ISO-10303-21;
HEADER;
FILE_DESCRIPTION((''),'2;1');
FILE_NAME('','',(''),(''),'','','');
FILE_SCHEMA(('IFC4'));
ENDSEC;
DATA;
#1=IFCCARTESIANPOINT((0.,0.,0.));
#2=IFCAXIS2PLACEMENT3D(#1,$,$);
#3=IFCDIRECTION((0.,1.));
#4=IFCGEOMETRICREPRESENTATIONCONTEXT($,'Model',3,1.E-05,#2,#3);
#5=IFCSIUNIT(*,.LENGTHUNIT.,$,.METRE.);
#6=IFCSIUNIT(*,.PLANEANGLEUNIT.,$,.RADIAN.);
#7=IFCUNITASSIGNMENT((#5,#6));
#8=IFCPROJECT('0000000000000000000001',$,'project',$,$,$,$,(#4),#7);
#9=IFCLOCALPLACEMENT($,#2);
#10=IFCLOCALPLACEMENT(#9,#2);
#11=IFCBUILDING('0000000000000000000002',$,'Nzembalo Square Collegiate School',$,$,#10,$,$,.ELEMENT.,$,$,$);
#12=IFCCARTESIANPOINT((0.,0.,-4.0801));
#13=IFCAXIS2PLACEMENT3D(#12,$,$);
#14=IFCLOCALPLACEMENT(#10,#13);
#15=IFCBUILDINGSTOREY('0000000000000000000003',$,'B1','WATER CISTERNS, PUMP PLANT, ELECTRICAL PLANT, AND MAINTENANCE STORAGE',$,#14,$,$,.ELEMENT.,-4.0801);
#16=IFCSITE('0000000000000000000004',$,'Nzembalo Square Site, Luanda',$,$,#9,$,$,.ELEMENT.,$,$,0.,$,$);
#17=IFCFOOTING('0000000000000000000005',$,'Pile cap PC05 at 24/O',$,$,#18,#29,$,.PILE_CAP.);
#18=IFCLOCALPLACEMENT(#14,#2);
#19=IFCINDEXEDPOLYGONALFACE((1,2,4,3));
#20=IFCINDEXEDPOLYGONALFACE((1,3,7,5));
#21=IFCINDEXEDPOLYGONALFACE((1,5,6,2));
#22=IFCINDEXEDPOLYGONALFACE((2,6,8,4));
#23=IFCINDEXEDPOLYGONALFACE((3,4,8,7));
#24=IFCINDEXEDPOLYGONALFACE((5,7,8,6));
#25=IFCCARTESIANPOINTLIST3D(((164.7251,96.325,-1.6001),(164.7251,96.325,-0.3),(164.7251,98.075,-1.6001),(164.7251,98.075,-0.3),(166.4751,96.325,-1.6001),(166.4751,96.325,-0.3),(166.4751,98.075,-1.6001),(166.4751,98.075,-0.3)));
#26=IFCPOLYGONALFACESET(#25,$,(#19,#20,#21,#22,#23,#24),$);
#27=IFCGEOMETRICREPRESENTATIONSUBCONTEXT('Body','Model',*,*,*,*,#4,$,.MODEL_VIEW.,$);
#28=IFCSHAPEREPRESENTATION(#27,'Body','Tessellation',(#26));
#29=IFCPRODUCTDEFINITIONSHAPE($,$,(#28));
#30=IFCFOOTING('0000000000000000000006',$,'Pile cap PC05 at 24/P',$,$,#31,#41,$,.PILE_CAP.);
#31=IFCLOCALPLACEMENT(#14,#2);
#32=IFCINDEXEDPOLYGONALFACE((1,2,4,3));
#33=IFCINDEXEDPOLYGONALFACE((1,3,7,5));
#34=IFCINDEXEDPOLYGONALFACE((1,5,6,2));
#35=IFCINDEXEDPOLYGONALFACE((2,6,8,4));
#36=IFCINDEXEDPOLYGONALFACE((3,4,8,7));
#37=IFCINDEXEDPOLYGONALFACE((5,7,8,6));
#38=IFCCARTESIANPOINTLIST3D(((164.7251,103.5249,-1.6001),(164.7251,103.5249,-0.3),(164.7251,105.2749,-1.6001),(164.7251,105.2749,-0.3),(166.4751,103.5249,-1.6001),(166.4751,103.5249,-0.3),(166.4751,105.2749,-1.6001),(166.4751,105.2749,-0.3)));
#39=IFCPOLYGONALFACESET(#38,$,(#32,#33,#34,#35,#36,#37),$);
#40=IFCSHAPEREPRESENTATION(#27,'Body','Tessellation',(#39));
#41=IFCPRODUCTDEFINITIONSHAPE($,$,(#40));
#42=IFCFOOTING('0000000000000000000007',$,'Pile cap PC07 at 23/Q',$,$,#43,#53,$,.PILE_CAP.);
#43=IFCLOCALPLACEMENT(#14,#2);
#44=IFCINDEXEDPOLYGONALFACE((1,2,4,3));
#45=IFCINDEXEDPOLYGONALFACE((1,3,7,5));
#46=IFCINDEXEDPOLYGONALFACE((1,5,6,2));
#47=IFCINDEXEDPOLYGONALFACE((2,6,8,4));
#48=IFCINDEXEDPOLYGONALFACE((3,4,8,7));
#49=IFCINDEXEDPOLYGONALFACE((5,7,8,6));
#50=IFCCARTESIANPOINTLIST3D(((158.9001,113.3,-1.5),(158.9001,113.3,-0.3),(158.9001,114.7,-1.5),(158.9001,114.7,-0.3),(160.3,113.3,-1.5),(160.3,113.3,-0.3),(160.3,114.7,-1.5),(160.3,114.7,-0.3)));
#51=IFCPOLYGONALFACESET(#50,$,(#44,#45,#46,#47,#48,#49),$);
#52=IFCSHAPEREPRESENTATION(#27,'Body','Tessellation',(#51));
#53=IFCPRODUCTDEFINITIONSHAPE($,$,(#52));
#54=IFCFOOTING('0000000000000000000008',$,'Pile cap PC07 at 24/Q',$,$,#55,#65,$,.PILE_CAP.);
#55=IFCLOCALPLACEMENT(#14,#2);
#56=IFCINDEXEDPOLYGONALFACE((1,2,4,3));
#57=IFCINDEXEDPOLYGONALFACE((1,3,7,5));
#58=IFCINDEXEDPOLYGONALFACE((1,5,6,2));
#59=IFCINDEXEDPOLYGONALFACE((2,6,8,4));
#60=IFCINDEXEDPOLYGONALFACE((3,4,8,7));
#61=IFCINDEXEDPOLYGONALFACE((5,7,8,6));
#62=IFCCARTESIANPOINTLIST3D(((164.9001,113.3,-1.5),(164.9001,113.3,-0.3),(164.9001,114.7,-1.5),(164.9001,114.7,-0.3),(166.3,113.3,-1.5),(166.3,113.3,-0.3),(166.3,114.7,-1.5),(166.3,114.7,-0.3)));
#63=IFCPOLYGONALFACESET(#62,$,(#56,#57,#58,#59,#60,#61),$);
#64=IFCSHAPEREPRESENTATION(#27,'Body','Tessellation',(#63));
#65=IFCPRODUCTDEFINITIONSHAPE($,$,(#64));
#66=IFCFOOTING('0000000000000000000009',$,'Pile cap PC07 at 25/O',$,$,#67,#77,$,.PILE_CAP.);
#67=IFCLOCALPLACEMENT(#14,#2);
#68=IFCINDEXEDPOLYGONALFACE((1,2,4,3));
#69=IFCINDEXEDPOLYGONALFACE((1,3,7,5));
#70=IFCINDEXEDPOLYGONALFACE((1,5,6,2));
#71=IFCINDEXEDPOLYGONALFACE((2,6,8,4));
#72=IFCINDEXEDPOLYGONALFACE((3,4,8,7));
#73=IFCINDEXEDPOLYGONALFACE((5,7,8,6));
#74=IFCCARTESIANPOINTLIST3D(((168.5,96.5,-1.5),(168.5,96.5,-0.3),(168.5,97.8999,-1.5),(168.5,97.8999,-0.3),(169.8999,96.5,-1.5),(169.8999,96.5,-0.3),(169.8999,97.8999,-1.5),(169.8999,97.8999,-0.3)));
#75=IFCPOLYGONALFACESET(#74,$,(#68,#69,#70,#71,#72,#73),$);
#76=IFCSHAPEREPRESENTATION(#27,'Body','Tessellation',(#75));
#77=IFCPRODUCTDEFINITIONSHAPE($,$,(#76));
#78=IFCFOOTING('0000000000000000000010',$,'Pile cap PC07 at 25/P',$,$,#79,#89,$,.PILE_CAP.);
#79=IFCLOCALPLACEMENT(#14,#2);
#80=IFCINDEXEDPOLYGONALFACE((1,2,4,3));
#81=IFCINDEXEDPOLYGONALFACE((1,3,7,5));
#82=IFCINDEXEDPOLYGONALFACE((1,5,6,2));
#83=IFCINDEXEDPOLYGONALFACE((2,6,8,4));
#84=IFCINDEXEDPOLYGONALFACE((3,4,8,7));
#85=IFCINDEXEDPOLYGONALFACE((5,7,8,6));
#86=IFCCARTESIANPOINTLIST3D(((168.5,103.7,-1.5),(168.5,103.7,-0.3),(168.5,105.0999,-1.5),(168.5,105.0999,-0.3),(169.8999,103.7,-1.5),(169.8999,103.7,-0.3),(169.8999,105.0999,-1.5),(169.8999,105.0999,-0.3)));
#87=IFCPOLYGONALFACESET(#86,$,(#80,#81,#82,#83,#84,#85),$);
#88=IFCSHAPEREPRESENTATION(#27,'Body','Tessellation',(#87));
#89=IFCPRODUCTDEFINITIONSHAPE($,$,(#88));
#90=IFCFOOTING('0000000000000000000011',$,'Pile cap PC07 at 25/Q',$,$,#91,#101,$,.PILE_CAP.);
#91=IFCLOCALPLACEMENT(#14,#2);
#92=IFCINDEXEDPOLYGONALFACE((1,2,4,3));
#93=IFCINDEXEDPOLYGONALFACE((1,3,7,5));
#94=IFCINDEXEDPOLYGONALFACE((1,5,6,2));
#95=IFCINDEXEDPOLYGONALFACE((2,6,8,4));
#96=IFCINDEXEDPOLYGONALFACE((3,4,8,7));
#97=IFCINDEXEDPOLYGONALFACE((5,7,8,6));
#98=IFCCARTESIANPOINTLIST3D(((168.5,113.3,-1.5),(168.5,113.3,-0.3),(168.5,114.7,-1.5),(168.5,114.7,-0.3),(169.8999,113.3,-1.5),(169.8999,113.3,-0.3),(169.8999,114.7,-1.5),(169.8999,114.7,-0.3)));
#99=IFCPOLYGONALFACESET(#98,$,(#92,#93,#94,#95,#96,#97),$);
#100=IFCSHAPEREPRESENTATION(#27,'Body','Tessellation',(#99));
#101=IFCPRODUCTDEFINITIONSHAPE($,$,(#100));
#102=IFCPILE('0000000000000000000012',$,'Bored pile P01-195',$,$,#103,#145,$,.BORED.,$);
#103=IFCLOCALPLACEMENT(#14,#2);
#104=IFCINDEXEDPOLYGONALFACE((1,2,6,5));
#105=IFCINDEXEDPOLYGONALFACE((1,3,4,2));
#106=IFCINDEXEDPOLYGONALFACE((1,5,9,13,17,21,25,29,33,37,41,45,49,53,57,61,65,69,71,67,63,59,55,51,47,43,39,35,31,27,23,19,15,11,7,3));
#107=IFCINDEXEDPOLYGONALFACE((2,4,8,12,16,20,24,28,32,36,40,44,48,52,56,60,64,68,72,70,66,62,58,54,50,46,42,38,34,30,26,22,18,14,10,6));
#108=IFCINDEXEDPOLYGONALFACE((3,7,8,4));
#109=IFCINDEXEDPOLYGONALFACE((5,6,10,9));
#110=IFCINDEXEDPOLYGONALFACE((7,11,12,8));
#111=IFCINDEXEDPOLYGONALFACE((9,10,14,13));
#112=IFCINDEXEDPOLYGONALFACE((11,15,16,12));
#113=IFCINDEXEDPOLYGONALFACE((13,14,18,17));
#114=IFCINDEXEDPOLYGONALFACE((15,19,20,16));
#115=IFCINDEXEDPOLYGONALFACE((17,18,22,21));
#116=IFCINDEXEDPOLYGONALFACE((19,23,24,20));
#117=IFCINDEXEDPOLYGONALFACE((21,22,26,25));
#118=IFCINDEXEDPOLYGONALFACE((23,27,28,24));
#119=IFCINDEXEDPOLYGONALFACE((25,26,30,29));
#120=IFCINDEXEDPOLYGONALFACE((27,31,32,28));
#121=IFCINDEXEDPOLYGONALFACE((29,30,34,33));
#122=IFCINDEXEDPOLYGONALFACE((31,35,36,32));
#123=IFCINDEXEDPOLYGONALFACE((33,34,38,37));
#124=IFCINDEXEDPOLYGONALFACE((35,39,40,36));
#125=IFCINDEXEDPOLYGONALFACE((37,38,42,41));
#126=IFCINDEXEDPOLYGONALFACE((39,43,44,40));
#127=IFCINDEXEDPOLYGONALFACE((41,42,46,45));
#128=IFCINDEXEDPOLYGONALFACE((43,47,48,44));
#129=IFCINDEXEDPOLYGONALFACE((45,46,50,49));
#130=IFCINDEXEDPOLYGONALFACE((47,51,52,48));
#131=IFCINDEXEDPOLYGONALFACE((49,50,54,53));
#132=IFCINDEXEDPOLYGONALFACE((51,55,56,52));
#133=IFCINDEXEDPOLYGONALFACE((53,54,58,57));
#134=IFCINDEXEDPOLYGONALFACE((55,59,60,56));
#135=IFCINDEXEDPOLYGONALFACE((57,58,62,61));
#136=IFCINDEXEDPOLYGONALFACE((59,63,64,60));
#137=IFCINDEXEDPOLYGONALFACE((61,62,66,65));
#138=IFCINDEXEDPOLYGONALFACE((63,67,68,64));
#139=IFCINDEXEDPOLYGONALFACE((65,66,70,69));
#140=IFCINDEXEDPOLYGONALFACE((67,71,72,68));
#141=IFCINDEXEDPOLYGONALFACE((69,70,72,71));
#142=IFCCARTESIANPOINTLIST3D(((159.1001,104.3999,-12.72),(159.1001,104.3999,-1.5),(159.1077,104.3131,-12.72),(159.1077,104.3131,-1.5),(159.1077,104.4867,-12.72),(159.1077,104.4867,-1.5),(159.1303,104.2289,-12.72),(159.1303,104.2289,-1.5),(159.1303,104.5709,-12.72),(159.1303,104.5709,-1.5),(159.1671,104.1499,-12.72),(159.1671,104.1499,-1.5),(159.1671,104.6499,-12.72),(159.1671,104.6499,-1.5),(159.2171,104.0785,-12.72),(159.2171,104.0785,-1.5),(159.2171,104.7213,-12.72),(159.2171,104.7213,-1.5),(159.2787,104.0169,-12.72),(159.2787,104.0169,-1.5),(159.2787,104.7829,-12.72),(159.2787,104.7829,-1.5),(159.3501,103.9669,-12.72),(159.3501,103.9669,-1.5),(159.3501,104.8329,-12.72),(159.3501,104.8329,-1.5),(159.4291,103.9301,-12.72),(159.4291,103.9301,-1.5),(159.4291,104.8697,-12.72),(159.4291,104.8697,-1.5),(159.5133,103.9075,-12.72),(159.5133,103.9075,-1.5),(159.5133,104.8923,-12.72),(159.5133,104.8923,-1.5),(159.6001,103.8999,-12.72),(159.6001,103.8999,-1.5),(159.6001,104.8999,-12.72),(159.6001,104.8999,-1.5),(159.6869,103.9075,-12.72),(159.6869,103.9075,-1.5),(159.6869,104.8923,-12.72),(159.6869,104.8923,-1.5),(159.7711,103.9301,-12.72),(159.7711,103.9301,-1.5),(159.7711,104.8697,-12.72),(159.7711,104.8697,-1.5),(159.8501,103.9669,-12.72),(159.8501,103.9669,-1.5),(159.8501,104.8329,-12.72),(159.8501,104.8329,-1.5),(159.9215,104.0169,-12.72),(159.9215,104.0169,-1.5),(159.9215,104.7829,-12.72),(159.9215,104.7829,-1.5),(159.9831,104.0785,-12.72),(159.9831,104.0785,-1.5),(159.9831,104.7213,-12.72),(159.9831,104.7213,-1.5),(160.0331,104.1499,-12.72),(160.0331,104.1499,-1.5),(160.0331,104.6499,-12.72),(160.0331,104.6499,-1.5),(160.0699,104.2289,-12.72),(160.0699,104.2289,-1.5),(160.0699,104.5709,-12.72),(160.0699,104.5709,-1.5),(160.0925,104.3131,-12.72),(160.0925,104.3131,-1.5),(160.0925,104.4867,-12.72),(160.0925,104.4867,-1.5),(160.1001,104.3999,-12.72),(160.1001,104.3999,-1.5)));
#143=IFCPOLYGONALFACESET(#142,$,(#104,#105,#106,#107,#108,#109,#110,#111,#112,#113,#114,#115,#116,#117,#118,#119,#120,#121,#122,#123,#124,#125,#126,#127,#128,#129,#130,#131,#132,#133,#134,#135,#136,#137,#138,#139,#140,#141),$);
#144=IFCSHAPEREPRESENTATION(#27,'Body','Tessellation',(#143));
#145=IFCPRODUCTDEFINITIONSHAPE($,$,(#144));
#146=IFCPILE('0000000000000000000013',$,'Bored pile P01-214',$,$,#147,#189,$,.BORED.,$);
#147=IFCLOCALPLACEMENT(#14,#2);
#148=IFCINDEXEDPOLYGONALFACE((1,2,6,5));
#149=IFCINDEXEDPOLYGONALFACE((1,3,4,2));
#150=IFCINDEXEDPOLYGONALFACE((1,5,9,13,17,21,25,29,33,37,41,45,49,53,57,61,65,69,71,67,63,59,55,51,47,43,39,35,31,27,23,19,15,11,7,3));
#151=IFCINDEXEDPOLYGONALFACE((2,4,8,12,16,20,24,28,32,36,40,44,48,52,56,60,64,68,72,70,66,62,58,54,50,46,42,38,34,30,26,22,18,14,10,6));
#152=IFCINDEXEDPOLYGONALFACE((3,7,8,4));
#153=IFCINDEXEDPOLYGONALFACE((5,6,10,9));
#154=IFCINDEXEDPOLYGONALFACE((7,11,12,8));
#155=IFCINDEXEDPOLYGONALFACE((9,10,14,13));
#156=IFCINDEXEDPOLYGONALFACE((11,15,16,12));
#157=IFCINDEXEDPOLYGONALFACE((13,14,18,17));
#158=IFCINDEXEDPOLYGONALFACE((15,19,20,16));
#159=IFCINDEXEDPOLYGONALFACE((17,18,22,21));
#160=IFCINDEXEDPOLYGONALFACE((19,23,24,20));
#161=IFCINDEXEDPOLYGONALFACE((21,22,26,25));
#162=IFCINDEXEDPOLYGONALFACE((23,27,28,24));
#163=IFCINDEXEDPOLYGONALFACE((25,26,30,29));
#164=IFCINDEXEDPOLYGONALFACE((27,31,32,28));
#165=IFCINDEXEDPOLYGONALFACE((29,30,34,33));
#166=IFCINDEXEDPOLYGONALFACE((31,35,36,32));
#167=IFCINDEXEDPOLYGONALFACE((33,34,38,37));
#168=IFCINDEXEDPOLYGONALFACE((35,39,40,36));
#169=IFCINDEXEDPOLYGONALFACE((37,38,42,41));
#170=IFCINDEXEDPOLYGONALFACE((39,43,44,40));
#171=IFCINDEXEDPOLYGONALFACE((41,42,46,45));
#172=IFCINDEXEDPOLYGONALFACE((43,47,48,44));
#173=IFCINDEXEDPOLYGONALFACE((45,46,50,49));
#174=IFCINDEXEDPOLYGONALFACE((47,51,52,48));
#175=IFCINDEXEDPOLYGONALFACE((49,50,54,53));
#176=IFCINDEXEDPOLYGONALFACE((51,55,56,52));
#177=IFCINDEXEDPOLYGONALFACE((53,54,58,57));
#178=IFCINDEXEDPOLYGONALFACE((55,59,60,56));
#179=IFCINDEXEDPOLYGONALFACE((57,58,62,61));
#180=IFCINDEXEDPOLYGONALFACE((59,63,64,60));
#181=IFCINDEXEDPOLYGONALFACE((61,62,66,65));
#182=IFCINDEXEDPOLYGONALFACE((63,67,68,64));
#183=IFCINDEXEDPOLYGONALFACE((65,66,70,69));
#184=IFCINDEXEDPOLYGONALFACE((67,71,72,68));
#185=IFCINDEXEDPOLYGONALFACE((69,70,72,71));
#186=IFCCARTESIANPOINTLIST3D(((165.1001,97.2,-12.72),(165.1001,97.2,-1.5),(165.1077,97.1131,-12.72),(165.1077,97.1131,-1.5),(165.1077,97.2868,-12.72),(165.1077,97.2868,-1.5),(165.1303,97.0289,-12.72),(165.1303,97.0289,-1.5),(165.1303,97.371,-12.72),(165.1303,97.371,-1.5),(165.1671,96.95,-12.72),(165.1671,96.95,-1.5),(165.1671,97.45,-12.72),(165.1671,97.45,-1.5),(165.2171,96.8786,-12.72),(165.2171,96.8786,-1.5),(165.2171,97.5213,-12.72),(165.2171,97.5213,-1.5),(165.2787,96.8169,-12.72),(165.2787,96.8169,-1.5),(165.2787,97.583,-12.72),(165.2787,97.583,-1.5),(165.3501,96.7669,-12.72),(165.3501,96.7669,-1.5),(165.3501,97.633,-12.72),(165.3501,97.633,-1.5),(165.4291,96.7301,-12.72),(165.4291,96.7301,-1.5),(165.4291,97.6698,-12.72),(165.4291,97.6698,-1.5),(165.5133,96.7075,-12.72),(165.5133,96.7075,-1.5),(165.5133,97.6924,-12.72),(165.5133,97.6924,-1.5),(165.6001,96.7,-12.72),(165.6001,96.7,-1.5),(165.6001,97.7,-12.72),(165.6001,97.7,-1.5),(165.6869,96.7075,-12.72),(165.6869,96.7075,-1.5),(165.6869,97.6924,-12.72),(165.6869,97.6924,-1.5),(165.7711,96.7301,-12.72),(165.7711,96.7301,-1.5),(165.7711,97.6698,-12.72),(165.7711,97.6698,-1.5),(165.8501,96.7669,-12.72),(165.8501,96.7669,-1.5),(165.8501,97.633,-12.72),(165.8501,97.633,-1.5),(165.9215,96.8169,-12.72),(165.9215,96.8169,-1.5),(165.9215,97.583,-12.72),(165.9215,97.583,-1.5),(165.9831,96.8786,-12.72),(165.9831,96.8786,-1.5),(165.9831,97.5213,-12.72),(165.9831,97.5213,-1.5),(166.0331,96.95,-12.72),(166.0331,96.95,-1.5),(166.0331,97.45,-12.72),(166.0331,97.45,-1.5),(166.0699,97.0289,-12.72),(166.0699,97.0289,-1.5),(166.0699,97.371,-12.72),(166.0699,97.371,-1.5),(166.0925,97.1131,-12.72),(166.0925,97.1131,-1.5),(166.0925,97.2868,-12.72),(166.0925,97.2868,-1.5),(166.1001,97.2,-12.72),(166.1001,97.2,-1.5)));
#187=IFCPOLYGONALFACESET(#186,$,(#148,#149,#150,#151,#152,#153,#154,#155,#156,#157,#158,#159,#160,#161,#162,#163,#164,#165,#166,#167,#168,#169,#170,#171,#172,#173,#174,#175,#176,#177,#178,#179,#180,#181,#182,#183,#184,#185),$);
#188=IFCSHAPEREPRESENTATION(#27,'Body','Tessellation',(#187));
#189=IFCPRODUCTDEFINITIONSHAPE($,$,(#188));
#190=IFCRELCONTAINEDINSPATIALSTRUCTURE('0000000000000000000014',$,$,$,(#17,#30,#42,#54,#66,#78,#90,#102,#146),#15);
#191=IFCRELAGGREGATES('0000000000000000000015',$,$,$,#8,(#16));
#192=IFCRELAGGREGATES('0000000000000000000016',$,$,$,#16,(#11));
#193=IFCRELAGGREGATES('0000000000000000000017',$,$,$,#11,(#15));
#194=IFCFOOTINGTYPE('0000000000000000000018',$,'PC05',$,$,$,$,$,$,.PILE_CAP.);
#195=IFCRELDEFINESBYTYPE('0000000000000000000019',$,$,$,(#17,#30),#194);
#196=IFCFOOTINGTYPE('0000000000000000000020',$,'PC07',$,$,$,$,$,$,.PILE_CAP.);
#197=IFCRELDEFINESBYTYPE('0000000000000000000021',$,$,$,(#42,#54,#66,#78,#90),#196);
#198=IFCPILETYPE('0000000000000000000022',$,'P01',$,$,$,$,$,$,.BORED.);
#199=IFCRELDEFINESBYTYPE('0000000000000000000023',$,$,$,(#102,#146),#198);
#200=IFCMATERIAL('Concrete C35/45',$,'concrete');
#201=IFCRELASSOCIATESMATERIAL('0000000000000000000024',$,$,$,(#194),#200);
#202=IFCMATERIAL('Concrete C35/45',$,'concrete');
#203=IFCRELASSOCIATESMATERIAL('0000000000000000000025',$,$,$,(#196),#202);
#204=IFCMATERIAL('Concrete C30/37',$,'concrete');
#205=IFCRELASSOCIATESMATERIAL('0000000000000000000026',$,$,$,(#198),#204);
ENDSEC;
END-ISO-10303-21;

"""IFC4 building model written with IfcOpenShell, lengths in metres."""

from ifc_helpers import new_model, si_unit, direction, frame, origin, origin_2d, place, context, subcontext, project, spatial, rectangle, circle, extrude, material, material_profile, profile_set, type_object, element, save


model = new_model("IFC4")

# Units and contexts
model_context = context("Model", 3, precision=1e-05, world=origin(), true_north=direction((0.0, 1.0)))
body_context = subcontext(model_context, "Body", "Model", "MODEL_VIEW")
ifc_project = project(units=[si_unit("LENGTHUNIT", "METRE"), si_unit("PLANEANGLEUNIT", "RADIAN")], contexts=[model_context])

# Site, building, storey
site_placement = place(None, origin())
site = spatial("IfcSite", under=ifc_project, at=site_placement, Name="Nzembalo Square Site, Luanda", CompositionType="ELEMENT", RefElevation=0.0)
building_placement = place(site_placement, origin())
building = spatial("IfcBuilding", under=site, at=building_placement, Name="Nzembalo Square Collegiate School", CompositionType="ELEMENT")
storey_placement = place(building_placement, frame((0.0, 0.0, -4.0801)))
storey = spatial("IfcBuildingStorey", under=building, at=storey_placement, Name="B1", Description="WATER CISTERNS, PUMP PLANT, ELECTRICAL PLANT, AND MAINTENANCE STORAGE", CompositionType="ELEMENT", Elevation=-4.0801)

# Footings
ifc_material_1 = material(Name="Concrete C35/45", Category="concrete")
footing_type_1 = type_object("IfcFootingType", Name="PC05", PredefinedType="PILE_CAP", material=ifc_material_1)
for number, where, z_axis, x_axis, name in (
    (1, (165.6001, 97.2, -1.6001), (0.0, 0.0, 1.0), (1.0, 0.0, 0.0), "Pile cap PC05 at 24/O"),
    (2, (165.6001, 104.3999, -1.6001), (0.0, 0.0, 1.0), (1.0, 0.0, 0.0), "Pile cap PC05 at 24/P"),
):
    element("IfcFooting", number, at=place(storey_placement, frame(where, z_axis=z_axis, x_axis=x_axis)), inside=storey, type_object=footing_type_1, Name=name, PredefinedType="PILE_CAP", context=body_context, shape_type="SweptSolid", body=[
        extrude(rectangle(XDim=1.75, YDim=1.75, at=origin_2d()), origin(), (0.0, 0.0, 1.0), 1.3),
    ])
ifc_material_2 = material(Name="Concrete C35/45", Category="concrete")
footing_type_2 = type_object("IfcFootingType", Name="PC07", PredefinedType="PILE_CAP", material=ifc_material_2)
for number, where, z_axis, x_axis, name in (
    (3, (159.6001, 114.0, -1.5), (0.0, 0.0, 1.0), (1.0, 0.0, 0.0), "Pile cap PC07 at 23/Q"),
    (4, (165.6001, 114.0, -1.5), (0.0, 0.0, 1.0), (1.0, 0.0, 0.0), "Pile cap PC07 at 24/Q"),
    (5, (169.2, 97.2, -1.5), (0.0, 0.0, 1.0), (1.0, 0.0, 0.0), "Pile cap PC07 at 25/O"),
    (6, (169.2, 104.3999, -1.5), (0.0, 0.0, 1.0), (1.0, 0.0, 0.0), "Pile cap PC07 at 25/P"),
    (7, (169.2, 114.0, -1.5), (0.0, 0.0, 1.0), (1.0, 0.0, 0.0), "Pile cap PC07 at 25/Q"),
):
    element("IfcFooting", number, at=place(storey_placement, frame(where, z_axis=z_axis, x_axis=x_axis)), inside=storey, type_object=footing_type_2, Name=name, PredefinedType="PILE_CAP", context=body_context, shape_type="SweptSolid", body=[
        extrude(rectangle(XDim=1.3999, YDim=1.3999, at=origin_2d()), origin(), (0.0, 0.0, 1.0), 1.2),
    ])

# Piles
ifc_material_3 = material(Name="Concrete C30/37", Category="concrete")
ifc_material_profile_1 = material_profile(ifc_material_3, circle(Radius=0.5, at=origin_2d()), Name="PILE D1000")
ifc_profile_set_1 = profile_set([ifc_material_profile_1], Name="Concrete C30/37")
pile_type_1 = type_object("IfcPileType", Name="P01", PredefinedType="BORED", material=ifc_profile_set_1)
for number, where, z_axis, x_axis, name in (
    (8, (159.6001, 104.3999, -1.5), (0.0, 0.0, -1.0), (1.0, 0.0, 0.0), "Bored pile P01-195"),
    (9, (165.6001, 97.2, -1.5), (0.0, 0.0, -1.0), (1.0, 0.0, 0.0), "Bored pile P01-214"),
):
    element("IfcPile", number, at=place(storey_placement, frame(where, z_axis=z_axis, x_axis=x_axis)), inside=storey, type_object=pile_type_1, Name=name, PredefinedType="BORED", context=body_context, shape_type="SweptSolid", body=[
        extrude(circle(Radius=0.5, at=origin_2d()), origin(), (0.0, 0.0, 1.0), 11.22),
    ])

save(model, "model.ifc")
